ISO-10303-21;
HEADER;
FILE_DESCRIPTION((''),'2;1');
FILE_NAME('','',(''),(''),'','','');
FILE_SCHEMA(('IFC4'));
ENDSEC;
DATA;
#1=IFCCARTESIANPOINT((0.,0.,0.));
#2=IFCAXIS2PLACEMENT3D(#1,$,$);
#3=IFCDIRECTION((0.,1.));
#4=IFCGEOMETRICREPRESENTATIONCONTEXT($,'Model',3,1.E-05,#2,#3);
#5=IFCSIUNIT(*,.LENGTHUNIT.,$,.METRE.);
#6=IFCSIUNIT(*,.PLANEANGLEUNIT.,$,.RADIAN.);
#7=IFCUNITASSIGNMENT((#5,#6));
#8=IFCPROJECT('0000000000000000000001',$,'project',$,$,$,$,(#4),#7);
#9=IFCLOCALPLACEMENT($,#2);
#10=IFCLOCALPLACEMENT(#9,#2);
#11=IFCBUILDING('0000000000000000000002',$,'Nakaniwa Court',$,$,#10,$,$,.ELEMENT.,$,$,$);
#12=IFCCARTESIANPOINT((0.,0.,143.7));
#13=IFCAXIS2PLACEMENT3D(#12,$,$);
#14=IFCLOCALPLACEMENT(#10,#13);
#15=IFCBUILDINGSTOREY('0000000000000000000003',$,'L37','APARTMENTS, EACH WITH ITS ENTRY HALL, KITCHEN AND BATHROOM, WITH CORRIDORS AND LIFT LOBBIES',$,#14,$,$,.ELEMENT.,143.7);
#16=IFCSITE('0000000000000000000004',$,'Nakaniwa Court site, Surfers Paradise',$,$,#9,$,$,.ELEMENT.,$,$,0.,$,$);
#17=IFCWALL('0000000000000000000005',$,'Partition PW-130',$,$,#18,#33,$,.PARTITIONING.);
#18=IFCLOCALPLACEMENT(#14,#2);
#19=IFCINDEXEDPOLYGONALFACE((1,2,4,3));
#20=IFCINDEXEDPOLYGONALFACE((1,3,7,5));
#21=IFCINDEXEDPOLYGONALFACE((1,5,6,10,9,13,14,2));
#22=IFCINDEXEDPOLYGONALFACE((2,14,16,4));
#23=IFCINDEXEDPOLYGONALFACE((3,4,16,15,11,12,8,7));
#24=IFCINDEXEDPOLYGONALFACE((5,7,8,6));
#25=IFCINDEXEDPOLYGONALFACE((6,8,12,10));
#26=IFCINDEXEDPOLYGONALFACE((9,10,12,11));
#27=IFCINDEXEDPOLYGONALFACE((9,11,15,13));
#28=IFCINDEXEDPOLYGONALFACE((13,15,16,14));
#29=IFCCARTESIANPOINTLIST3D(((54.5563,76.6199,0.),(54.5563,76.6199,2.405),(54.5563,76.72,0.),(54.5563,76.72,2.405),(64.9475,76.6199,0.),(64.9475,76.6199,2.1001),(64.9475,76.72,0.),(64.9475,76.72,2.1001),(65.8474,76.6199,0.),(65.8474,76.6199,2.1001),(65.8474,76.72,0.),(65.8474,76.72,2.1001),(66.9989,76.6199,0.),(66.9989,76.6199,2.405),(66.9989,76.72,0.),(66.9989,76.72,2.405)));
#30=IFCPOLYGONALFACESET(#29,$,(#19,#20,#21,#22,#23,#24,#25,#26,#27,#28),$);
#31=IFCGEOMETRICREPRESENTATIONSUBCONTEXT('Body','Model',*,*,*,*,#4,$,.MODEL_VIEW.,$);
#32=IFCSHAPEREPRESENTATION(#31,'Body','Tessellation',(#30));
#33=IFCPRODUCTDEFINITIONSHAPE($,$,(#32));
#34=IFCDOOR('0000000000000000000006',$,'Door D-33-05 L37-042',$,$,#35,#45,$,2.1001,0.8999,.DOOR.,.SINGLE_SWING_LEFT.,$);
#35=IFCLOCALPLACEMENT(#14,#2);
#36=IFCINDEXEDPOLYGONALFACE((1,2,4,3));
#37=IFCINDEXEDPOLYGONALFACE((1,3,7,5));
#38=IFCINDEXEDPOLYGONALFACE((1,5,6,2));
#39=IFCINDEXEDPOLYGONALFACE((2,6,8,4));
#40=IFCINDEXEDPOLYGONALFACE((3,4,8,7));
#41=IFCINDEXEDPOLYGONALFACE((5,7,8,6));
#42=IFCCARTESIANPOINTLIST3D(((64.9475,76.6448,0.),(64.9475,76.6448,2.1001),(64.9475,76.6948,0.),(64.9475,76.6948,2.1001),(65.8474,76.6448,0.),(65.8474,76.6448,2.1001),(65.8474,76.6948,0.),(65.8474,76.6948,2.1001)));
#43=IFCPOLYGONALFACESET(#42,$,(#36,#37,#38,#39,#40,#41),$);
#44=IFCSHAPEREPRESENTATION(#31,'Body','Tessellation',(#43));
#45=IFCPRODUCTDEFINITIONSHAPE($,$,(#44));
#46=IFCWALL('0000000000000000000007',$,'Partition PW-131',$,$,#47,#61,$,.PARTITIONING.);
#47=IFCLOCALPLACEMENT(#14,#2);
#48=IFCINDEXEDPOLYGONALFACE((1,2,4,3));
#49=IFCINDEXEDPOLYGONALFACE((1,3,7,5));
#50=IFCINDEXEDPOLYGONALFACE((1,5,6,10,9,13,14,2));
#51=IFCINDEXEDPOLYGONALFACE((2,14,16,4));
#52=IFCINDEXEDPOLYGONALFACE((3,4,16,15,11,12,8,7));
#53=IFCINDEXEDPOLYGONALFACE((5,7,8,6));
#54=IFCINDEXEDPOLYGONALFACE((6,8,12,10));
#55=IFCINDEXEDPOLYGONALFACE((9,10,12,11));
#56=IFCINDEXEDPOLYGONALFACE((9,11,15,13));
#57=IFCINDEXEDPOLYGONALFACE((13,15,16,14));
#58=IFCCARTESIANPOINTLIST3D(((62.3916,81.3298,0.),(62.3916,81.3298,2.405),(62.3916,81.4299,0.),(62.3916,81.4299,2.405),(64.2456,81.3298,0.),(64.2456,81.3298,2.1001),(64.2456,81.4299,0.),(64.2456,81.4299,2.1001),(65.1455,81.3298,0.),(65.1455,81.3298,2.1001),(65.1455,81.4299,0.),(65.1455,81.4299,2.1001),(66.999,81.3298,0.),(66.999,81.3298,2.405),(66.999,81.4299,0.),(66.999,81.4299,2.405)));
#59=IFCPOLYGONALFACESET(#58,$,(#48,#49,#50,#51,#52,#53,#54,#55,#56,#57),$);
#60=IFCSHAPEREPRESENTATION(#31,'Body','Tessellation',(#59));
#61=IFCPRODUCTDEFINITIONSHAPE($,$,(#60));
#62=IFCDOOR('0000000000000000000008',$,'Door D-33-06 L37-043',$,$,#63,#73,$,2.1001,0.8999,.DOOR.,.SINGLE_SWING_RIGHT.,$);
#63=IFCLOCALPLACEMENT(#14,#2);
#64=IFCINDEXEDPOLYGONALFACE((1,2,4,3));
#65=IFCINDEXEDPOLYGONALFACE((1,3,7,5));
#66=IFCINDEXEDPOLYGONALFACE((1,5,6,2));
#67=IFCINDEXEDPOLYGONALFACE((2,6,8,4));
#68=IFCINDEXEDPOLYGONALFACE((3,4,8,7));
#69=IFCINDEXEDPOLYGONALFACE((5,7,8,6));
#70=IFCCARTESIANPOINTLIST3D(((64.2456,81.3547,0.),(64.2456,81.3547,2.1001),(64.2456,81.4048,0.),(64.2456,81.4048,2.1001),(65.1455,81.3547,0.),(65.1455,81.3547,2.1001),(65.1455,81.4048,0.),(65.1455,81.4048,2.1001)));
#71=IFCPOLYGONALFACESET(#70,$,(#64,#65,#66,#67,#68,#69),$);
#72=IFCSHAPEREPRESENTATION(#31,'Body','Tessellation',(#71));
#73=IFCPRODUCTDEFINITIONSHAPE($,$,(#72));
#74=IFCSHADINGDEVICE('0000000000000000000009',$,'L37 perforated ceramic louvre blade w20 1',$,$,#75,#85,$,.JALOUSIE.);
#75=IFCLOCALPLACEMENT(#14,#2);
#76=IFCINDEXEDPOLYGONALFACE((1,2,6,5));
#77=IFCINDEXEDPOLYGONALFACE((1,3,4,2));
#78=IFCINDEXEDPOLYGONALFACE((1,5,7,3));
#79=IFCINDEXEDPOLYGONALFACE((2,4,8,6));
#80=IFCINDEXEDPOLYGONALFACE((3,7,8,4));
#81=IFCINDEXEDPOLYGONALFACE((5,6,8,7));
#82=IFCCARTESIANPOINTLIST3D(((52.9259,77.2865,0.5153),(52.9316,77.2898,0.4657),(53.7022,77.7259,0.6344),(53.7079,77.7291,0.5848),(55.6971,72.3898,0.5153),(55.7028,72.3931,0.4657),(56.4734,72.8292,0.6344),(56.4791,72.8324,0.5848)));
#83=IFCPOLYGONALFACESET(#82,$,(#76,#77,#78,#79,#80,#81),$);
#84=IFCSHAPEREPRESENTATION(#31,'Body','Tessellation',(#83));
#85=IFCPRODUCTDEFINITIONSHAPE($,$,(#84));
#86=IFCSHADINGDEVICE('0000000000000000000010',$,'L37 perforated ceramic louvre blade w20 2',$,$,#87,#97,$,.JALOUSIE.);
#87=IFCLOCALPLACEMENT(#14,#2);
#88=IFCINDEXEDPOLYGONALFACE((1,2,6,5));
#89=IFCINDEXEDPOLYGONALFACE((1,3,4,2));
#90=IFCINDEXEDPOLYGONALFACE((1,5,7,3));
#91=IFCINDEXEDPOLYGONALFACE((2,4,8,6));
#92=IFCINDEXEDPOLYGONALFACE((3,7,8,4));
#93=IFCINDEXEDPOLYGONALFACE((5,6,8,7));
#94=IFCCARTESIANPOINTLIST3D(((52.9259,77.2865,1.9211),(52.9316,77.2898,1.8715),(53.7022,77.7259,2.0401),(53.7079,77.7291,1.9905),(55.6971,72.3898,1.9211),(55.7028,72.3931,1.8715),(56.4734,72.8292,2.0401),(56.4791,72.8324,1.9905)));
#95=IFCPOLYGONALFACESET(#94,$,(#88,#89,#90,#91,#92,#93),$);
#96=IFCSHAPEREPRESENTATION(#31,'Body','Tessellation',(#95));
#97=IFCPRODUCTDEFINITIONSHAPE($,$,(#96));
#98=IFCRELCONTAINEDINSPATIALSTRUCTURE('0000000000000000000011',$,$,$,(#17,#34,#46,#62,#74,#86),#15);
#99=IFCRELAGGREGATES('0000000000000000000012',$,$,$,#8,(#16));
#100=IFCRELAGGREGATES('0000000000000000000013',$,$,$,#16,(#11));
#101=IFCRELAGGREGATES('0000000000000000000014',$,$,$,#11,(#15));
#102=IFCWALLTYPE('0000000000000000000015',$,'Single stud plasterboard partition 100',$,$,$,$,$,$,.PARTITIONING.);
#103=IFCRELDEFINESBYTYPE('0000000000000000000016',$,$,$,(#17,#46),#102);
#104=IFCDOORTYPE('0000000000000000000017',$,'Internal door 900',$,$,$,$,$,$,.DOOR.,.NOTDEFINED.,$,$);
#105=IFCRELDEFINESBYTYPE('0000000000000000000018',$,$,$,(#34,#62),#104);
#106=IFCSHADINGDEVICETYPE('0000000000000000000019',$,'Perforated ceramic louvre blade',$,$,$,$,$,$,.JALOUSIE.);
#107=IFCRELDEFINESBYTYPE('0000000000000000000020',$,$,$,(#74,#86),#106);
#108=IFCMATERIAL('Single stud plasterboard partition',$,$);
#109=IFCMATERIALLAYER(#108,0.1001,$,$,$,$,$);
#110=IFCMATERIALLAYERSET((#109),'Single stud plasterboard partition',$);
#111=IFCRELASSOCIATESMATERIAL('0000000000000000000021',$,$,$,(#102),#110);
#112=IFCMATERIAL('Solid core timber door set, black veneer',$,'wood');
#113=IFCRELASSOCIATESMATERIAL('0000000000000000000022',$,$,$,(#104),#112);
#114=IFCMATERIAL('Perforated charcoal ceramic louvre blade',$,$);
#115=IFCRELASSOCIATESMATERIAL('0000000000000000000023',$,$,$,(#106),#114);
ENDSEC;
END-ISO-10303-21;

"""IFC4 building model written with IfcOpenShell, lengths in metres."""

from ifc_helpers import new_model, si_unit, direction, frame, frame_2d, origin, origin_2d, place, context, subcontext, project, spatial, rectangle, extrude, material, layer, layer_set, material_profile, profile_set, type_object, element, fill, save


model = new_model("IFC4")

# Units and contexts
model_context = context("Model", 3, precision=1e-05, world=origin(), true_north=direction((0.0, 1.0)))
body_context = subcontext(model_context, "Body", "Model", "MODEL_VIEW")
ifc_project = project(units=[si_unit("LENGTHUNIT", "METRE"), si_unit("PLANEANGLEUNIT", "RADIAN")], contexts=[model_context])

# Site, building, storey
site_placement = place(None, origin())
site = spatial("IfcSite", under=ifc_project, at=site_placement, Name="Nakaniwa Court site, Surfers Paradise", CompositionType="ELEMENT", RefElevation=0.0)
building_placement = place(site_placement, origin())
building = spatial("IfcBuilding", under=site, at=building_placement, Name="Nakaniwa Court", CompositionType="ELEMENT")
storey_placement = place(building_placement, frame((0.0, 0.0, 143.7)))
storey = spatial("IfcBuildingStorey", under=building, at=storey_placement, Name="L37", Description="APARTMENTS, EACH WITH ITS ENTRY HALL, KITCHEN AND BATHROOM, WITH CORRIDORS AND LIFT LOBBIES", CompositionType="ELEMENT", Elevation=143.7)

# Shared definitions
ifc_material_1 = material(Name="Single stud plasterboard partition")
ifc_layer_1 = layer(ifc_material_1, 0.1001)
ifc_layer_set_1 = layer_set([ifc_layer_1], Name="Single stud plasterboard partition")
wall_type_1 = type_object("IfcWallType", Name="Single stud plasterboard partition 100", PredefinedType="PARTITIONING", material=ifc_layer_set_1)

# Walls, openings, doors
wall_1_placement = place(storey_placement, frame((54.5564, 76.6699, 0.0), z_axis=(0.0, 0.0, 1.0), x_axis=(1.0, 0.0, 0.0)))
wall_1 = element("IfcWall", 1, at=wall_1_placement, inside=storey, type_object=wall_type_1, Name="Partition PW-130", PredefinedType="PARTITIONING", context=body_context, shape_type="SweptSolid", body=[
    extrude(rectangle(XDim=12.4426, YDim=0.1001, at=frame_2d((6.2212, 0.0))), origin(), (0.0, 0.0, 1.0), 2.405),
])
opening_1_placement = place(wall_1_placement, frame((10.3911, 0.0, 0.0)))
opening_1 = element("IfcOpeningElement", 2, at=opening_1_placement, cuts=wall_1, PredefinedType="OPENING", context=body_context, shape_type="SweptSolid", body=[
    extrude(rectangle(XDim=0.8999, YDim=2.1001, at=frame_2d((0.45, 1.05))), frame((0.0, 0.0601, 0.0), z_axis=(0.0, -1.0, 0.0), x_axis=(1.0, 0.0, 0.0)), (0.0, 0.0, 1.0), 0.1201),
])
ifc_material_2 = material(Name="Solid core timber door set, black veneer", Category="wood")
door_type = type_object("IfcDoorType", Name="Internal door 900", OperationType="NOTDEFINED", PredefinedType="DOOR", material=ifc_material_2)
door_1_placement = place(opening_1_placement, origin())
door_1 = element("IfcDoor", 3, at=door_1_placement, inside=storey, type_object=door_type, Name="Door D-33-05 L37-042", OperationType="SINGLE_SWING_LEFT", OverallHeight=2.1001, OverallWidth=0.8999, PredefinedType="DOOR", context=body_context, shape_type="SweptSolid", body=[
    extrude(rectangle(XDim=0.8999, YDim=2.1001, at=frame_2d((0.45, 1.05))), frame((0.0, 0.0249, 0.0), z_axis=(0.0, -1.0, 0.0), x_axis=(1.0, 0.0, 0.0)), (0.0, 0.0, 1.0), 0.05),
])
fill(opening_1, door_1)
wall_2_placement = place(storey_placement, frame((62.3916, 81.3799, 0.0), z_axis=(0.0, 0.0, 1.0), x_axis=(1.0, 0.0, 0.0)))
wall_2 = element("IfcWall", 4, at=wall_2_placement, inside=storey, type_object=wall_type_1, Name="Partition PW-131", PredefinedType="PARTITIONING", context=body_context, shape_type="SweptSolid", body=[
    extrude(rectangle(XDim=4.6074, YDim=0.1001, at=frame_2d((2.3037, 0.0))), origin(), (0.0, 0.0, 1.0), 2.405),
])
opening_2_placement = place(wall_2_placement, frame((1.854, 0.0, 0.0)))
opening_2 = element("IfcOpeningElement", 5, at=opening_2_placement, cuts=wall_2, PredefinedType="OPENING", context=body_context, shape_type="SweptSolid", body=[
    extrude(rectangle(XDim=0.8999, YDim=2.1001, at=frame_2d((0.45, 1.05))), frame((0.0, 0.0601, 0.0), z_axis=(0.0, -1.0, 0.0), x_axis=(1.0, 0.0, 0.0)), (0.0, 0.0, 1.0), 0.1201),
])
door_2_placement = place(opening_2_placement, origin())
door_2 = element("IfcDoor", 6, at=door_2_placement, inside=storey, type_object=door_type, Name="Door D-33-06 L37-043", OperationType="SINGLE_SWING_RIGHT", OverallHeight=2.1001, OverallWidth=0.8999, PredefinedType="DOOR", context=body_context, shape_type="SweptSolid", body=[
    extrude(rectangle(XDim=0.8999, YDim=2.1001, at=frame_2d((0.45, 1.05))), frame((0.0, 0.0249, 0.0), z_axis=(0.0, -1.0, 0.0), x_axis=(1.0, 0.0, 0.0)), (0.0, 0.0, 1.0), 0.05),
])
fill(opening_2, door_2)

# Shading devices
ifc_material_3 = material(Name="Perforated charcoal ceramic louvre blade")
ifc_material_profile_1 = material_profile(ifc_material_3, rectangle(XDim=0.8999, YDim=0.05, at=origin_2d()), Name="Perforated ceramic louvre blade")
ifc_profile_set_1 = profile_set([ifc_material_profile_1], Name="Perforated charcoal ceramic louvre blade")
shading_device_type = type_object("IfcShadingDeviceType", Name="Perforated ceramic louvre blade", PredefinedType="JALOUSIE", material=ifc_profile_set_1)
for number, where, z_axis, x_axis, name in (
    (7, (53.3169, 77.5078, 0.55), (0.492532, -0.870294, 0.0), (0.862649, 0.488205, 0.132256), "L37 perforated ceramic louvre blade w20 1"),
    (8, (53.3169, 77.5078, 1.9558), (0.492532, -0.870294, 0.0), (0.862649, 0.488205, 0.132256), "L37 perforated ceramic louvre blade w20 2"),
):
    element("IfcShadingDevice", number, at=place(storey_placement, frame(where, z_axis=z_axis, x_axis=x_axis)), inside=storey, type_object=shading_device_type, Name=name, PredefinedType="JALOUSIE", context=body_context, shape_type="SweptSolid", body=[
        extrude(rectangle(XDim=0.8999, YDim=0.05, at=origin_2d()), origin(), (0.0, 0.0, 1.0), 5.6265),
    ])

save(model, "model.ifc")
